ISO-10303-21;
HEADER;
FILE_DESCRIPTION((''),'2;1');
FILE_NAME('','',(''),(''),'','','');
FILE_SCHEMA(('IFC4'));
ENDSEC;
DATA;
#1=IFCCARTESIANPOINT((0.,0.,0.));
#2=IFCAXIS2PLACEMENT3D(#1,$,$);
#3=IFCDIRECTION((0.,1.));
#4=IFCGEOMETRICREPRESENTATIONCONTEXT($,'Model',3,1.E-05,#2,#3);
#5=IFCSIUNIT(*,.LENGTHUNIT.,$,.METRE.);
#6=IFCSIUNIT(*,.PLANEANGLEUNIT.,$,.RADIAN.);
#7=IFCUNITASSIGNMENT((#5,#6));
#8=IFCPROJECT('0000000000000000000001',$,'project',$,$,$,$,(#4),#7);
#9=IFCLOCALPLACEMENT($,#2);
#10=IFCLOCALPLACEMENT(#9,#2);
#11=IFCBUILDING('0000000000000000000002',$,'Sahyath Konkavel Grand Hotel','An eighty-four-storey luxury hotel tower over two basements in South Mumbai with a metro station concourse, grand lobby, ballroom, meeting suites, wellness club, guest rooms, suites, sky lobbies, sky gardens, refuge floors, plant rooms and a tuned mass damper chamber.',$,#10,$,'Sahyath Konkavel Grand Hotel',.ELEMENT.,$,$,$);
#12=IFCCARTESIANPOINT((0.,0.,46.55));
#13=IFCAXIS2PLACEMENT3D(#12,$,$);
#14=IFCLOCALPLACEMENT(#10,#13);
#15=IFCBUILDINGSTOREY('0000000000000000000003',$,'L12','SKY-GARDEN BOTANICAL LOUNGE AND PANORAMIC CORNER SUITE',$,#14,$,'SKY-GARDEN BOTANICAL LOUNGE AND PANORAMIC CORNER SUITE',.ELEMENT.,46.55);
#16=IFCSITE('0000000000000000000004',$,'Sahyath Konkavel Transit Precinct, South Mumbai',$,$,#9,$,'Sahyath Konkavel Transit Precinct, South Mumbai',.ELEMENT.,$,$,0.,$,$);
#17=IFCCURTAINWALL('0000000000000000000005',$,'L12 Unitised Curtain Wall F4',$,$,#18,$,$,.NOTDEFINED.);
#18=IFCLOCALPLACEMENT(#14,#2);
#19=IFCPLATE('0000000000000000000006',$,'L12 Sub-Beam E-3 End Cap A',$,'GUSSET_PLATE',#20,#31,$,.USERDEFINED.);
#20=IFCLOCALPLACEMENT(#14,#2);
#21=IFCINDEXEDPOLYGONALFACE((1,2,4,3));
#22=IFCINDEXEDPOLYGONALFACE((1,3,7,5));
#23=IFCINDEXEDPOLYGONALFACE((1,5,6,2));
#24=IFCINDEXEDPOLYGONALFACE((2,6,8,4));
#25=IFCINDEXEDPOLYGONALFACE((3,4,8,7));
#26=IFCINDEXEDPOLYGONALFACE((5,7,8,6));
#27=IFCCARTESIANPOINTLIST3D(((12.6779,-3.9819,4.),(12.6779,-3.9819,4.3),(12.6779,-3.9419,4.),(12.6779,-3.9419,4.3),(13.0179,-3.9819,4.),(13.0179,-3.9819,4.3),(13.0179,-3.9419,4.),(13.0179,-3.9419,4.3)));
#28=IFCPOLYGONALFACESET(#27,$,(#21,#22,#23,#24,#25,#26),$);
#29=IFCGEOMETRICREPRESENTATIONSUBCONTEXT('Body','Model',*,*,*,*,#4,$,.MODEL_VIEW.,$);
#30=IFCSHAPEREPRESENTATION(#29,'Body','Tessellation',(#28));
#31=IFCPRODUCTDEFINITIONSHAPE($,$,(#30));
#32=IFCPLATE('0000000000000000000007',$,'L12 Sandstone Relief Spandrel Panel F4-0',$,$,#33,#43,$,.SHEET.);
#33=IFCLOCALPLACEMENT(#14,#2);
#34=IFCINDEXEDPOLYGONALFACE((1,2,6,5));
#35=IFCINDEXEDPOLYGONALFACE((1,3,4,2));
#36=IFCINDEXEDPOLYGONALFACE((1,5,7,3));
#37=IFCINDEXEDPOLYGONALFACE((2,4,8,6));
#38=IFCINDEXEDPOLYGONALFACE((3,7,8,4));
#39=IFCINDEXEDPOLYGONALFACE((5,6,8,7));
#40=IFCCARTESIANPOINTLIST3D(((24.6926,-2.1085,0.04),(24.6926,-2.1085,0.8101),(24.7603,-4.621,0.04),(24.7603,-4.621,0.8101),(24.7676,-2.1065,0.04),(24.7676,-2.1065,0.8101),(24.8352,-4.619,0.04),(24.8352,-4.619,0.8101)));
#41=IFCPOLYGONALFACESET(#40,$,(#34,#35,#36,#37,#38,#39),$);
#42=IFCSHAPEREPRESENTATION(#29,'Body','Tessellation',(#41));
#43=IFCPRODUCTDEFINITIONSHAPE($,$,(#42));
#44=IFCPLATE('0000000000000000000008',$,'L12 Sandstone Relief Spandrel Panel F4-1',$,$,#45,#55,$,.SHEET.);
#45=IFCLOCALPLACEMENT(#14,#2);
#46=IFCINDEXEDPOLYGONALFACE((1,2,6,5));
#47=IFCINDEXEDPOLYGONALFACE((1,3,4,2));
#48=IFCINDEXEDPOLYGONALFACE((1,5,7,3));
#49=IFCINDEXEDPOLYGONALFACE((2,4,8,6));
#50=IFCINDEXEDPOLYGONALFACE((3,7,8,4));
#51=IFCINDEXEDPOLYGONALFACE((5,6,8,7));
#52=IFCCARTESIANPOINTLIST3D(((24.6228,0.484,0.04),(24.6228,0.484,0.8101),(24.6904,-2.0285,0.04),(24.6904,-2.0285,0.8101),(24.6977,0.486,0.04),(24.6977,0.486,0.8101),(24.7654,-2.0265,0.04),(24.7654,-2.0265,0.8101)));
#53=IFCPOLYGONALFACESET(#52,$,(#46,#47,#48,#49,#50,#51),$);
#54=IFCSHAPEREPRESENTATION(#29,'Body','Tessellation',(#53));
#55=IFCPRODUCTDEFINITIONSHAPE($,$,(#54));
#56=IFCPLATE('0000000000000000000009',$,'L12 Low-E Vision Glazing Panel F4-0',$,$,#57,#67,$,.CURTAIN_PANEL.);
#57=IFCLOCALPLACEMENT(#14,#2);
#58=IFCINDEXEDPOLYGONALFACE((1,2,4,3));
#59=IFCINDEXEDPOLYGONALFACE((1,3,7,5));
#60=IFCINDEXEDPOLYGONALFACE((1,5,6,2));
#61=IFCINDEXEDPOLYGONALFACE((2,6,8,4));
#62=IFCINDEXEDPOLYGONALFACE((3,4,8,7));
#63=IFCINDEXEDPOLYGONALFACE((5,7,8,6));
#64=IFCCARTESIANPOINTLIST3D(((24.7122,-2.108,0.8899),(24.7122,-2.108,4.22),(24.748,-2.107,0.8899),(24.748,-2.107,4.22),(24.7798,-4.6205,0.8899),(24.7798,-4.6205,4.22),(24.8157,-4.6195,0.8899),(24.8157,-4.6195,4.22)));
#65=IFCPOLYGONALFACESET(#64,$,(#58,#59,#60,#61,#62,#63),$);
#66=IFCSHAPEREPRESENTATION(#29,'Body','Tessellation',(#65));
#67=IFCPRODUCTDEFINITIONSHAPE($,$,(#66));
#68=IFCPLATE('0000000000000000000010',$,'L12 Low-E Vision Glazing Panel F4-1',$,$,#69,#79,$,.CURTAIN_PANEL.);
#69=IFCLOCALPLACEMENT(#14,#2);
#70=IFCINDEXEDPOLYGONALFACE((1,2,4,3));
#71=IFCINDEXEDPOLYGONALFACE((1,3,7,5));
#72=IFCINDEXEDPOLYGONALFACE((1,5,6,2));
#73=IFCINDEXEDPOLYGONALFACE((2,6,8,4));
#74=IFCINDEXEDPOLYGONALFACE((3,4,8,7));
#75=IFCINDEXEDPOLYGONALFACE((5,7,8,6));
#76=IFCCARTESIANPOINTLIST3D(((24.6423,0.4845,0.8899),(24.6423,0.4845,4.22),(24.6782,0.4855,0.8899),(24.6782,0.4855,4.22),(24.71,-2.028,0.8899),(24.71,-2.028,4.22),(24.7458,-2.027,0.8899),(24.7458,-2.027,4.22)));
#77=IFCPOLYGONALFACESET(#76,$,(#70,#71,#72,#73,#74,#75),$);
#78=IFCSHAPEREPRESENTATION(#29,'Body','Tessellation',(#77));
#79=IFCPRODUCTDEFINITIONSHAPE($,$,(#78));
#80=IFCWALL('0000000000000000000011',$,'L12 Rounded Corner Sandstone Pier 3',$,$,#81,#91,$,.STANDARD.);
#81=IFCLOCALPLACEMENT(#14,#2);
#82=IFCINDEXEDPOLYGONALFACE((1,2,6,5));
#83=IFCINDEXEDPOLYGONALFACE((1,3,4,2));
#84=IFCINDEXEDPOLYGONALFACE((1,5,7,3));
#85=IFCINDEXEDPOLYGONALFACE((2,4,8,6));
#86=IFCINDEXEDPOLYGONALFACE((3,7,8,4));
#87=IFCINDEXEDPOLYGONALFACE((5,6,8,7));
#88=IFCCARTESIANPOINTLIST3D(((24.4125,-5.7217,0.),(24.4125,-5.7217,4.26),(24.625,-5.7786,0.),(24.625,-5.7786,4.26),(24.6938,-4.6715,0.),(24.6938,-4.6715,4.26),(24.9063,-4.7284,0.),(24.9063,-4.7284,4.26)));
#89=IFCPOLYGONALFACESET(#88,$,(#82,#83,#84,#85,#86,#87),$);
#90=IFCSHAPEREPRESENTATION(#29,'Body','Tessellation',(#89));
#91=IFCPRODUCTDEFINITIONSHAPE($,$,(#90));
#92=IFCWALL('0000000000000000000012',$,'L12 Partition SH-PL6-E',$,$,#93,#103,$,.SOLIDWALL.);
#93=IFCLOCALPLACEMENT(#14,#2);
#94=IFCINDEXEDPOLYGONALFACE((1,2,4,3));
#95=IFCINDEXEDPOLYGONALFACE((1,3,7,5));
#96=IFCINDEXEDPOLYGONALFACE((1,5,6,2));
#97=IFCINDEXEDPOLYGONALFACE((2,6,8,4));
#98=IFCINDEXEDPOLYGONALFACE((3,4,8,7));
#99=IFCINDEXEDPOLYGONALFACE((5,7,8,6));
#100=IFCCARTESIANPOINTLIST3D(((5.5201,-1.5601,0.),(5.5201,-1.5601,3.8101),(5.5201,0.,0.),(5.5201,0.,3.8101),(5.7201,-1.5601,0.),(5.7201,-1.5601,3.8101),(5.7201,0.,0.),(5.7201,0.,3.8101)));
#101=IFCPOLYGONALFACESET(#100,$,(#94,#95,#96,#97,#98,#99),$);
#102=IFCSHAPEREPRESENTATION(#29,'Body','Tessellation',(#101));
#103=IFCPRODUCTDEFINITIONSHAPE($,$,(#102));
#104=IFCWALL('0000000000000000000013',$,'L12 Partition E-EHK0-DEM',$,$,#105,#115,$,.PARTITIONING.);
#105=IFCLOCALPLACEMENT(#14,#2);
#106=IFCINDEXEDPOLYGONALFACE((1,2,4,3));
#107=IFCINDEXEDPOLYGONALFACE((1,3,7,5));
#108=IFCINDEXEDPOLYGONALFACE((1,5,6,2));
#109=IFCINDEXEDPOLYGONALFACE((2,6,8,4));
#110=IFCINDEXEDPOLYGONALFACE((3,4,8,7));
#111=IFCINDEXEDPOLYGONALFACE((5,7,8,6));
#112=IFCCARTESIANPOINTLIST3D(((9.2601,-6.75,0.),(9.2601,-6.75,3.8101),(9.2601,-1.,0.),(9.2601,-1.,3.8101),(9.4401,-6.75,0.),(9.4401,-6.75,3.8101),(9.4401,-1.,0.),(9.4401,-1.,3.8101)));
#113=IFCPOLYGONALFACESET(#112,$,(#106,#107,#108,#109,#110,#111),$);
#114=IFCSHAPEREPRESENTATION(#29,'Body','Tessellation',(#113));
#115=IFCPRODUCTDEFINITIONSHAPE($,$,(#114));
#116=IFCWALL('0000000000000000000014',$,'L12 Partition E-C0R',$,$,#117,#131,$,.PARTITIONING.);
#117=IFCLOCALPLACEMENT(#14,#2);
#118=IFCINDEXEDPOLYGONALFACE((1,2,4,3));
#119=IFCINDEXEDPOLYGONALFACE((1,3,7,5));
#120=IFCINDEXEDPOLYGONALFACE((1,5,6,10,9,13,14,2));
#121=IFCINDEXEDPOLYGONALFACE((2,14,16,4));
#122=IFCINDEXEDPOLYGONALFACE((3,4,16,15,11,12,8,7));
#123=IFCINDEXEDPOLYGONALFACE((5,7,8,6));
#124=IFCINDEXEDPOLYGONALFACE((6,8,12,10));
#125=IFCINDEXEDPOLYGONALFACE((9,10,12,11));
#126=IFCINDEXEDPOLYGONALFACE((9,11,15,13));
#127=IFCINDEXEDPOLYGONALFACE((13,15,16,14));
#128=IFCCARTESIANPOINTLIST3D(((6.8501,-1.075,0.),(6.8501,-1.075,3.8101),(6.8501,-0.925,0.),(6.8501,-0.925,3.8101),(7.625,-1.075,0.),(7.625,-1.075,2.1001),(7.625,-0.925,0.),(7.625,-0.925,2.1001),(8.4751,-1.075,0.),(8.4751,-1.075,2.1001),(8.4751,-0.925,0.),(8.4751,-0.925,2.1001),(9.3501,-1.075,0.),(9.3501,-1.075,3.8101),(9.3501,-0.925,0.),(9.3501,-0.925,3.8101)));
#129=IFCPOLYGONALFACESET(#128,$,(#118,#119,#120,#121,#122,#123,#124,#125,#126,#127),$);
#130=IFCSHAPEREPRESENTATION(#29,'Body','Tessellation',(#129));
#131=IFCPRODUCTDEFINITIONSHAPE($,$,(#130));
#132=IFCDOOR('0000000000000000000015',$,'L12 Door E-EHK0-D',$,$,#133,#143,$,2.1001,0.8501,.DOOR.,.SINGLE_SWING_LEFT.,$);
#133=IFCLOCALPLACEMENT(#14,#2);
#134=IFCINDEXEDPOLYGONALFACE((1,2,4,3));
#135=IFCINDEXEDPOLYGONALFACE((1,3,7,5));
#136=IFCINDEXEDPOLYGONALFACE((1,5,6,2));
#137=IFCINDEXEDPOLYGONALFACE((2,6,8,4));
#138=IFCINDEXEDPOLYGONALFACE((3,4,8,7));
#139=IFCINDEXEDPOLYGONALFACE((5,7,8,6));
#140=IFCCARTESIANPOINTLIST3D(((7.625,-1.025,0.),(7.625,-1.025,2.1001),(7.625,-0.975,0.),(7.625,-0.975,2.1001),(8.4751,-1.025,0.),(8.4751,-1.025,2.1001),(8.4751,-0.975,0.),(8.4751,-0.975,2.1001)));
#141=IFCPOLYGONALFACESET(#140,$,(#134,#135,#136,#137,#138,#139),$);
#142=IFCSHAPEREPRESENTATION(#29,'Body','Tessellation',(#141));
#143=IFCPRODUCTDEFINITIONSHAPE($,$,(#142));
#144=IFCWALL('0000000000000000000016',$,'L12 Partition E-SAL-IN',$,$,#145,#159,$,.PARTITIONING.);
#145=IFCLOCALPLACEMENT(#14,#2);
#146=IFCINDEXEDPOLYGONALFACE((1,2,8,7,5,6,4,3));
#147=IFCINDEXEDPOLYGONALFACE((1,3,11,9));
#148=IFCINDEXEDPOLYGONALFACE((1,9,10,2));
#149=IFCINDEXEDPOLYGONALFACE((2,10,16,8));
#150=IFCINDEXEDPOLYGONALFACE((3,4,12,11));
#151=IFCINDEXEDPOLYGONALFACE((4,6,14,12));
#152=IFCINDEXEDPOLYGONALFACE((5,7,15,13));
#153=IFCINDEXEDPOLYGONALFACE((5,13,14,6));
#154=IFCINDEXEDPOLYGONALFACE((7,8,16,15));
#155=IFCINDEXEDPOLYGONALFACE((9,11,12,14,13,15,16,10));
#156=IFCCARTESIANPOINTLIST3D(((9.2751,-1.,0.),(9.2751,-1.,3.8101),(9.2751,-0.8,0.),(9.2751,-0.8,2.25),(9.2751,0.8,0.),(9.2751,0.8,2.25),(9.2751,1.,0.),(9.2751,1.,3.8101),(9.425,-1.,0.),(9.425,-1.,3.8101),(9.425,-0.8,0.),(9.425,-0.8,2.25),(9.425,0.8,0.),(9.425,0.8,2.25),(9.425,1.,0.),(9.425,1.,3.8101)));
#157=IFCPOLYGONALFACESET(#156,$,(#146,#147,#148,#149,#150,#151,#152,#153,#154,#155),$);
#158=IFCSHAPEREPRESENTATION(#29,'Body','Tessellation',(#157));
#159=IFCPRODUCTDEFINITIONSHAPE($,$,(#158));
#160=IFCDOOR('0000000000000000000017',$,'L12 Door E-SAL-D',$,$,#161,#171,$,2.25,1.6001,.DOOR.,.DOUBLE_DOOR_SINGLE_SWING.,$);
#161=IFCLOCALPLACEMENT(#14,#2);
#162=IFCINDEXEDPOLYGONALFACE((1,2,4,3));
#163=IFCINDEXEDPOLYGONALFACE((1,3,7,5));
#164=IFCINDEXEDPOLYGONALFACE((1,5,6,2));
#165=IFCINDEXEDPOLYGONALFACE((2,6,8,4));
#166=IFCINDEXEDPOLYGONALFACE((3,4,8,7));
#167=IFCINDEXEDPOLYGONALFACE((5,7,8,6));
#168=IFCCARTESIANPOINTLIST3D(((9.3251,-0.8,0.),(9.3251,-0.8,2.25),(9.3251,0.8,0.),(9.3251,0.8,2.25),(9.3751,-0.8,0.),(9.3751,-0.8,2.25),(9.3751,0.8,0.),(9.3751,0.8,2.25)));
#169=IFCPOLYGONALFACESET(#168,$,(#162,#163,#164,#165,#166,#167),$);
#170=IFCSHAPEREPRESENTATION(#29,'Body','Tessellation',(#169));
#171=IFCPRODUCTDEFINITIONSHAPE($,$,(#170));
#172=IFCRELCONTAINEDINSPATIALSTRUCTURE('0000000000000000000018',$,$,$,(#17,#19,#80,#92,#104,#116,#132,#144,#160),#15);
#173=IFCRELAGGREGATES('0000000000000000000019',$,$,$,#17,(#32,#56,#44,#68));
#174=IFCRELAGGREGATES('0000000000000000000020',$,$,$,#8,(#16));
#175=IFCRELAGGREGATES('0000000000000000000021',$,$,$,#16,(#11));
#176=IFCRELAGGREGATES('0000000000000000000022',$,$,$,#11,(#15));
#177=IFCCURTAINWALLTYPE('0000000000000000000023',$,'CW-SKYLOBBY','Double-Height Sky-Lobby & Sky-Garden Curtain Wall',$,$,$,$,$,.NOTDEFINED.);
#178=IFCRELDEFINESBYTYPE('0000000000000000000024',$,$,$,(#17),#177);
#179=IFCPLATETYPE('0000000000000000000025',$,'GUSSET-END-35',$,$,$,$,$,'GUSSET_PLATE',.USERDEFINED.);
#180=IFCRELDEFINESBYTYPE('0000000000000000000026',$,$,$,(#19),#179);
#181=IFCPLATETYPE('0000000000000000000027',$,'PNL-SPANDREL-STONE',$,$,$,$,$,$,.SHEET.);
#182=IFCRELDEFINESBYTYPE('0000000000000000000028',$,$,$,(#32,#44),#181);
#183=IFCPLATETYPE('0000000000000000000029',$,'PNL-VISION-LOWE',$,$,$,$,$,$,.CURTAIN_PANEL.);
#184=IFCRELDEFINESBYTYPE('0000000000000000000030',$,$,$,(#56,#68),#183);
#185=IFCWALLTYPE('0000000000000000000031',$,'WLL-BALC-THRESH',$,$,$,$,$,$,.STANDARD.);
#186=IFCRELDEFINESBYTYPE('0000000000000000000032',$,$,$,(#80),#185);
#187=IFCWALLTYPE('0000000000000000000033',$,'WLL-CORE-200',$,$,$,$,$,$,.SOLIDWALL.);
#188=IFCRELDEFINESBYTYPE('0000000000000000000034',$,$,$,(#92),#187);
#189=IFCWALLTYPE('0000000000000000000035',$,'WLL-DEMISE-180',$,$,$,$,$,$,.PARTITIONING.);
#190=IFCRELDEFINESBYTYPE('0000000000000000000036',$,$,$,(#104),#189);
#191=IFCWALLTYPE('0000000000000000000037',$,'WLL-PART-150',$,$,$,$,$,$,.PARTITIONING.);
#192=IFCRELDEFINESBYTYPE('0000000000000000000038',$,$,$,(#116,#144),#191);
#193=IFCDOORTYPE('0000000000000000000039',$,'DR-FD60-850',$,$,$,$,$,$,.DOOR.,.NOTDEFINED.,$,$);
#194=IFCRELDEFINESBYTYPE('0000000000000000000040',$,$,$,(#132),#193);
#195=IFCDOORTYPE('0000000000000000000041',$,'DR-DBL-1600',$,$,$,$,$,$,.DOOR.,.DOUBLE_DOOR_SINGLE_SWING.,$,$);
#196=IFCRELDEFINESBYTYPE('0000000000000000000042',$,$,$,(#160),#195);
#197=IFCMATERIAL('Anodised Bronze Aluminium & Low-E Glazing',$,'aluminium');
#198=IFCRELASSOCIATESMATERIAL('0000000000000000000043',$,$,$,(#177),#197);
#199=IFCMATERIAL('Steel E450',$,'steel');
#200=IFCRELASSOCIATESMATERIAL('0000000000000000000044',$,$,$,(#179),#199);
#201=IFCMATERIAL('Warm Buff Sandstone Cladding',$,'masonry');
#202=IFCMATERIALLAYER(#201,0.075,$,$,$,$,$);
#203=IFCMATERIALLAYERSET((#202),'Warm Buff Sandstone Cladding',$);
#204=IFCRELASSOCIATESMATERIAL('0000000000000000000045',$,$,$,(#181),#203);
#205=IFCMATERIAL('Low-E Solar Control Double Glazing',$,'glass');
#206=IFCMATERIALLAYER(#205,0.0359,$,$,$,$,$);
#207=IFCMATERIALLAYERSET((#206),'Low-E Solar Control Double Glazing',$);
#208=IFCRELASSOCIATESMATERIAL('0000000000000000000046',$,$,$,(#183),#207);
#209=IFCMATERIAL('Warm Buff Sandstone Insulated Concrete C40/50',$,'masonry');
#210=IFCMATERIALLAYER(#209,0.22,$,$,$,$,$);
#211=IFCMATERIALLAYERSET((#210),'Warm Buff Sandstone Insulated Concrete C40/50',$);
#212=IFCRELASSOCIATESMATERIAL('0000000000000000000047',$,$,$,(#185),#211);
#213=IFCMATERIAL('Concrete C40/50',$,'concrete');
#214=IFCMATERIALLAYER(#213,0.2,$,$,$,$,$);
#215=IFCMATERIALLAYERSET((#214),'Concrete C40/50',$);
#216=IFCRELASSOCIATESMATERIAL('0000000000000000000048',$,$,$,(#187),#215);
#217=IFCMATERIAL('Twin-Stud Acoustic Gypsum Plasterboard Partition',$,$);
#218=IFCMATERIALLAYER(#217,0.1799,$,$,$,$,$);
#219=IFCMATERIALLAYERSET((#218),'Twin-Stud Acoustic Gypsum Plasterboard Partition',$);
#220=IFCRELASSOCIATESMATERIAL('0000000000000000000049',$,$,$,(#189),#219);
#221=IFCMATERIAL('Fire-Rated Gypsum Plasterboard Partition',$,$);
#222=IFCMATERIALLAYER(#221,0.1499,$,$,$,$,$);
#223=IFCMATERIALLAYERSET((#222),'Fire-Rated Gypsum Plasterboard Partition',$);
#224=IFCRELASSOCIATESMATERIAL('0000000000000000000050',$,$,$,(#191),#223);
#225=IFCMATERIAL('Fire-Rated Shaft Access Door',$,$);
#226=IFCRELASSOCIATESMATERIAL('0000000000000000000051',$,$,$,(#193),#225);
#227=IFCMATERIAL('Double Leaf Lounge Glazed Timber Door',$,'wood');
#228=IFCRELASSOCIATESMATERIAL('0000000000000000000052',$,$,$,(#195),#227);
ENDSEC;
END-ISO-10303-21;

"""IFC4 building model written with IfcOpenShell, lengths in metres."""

from ifc_helpers import new_model, si_unit, direction, frame, frame_2d, origin, origin_2d, place, context, subcontext, project, spatial, rectangle, extrude, source, transform, mapped, material, layer, layer_set, type_object, element, fill, aggregate, save


model = new_model("IFC4")

# Units and contexts
model_context = context("Model", 3, precision=1e-05, world=origin(), true_north=direction((0.0, 1.0)))
body_context = subcontext(model_context, "Body", "Model", "MODEL_VIEW")
ifc_project = project(units=[si_unit("LENGTHUNIT", "METRE"), si_unit("PLANEANGLEUNIT", "RADIAN")], contexts=[model_context])

# Site, building, storey
site_placement = place(None, origin())
site = spatial("IfcSite", under=ifc_project, at=site_placement, Name="Sahyath Konkavel Transit Precinct, South Mumbai", LongName="Sahyath Konkavel Transit Precinct, South Mumbai", CompositionType="ELEMENT", RefElevation=0.0)
building_placement = place(site_placement, origin())
building = spatial("IfcBuilding", under=site, at=building_placement, Name="Sahyath Konkavel Grand Hotel", Description="An eighty-four-storey luxury hotel tower over two basements in South Mumbai with a metro station concourse, grand lobby, ballroom, meeting suites, wellness club, guest rooms, suites, sky lobbies, sky gardens, refuge floors, plant rooms and a tuned mass damper chamber.", LongName="Sahyath Konkavel Grand Hotel", CompositionType="ELEMENT")
storey_placement = place(building_placement, frame((0.0, 0.0, 46.55)))
storey = spatial("IfcBuildingStorey", under=building, at=storey_placement, Name="L12", Description="SKY-GARDEN BOTANICAL LOUNGE AND PANORAMIC CORNER SUITE", LongName="SKY-GARDEN BOTANICAL LOUNGE AND PANORAMIC CORNER SUITE", CompositionType="ELEMENT", Elevation=46.55)

# Curtain wall
ifc_material_1 = material(Name="Anodised Bronze Aluminium & Low-E Glazing", Category="aluminium")
curtain_wall_type = type_object("IfcCurtainWallType", Name="CW-SKYLOBBY", Description="Double-Height Sky-Lobby & Sky-Garden Curtain Wall", PredefinedType="NOTDEFINED", material=ifc_material_1)
curtain_wall_placement = place(storey_placement, origin())
curtain_wall = element("IfcCurtainWall", 1, at=curtain_wall_placement, inside=storey, type_object=curtain_wall_type, Name="L12 Unitised Curtain Wall F4", PredefinedType="NOTDEFINED")

# Plates
ifc_material_2 = material(Name="Steel E450", Category="steel")
plate_type_1 = type_object("IfcPlateType", Name="GUSSET-END-35", ElementType="GUSSET_PLATE", PredefinedType="USERDEFINED", material=ifc_material_2)
shared_shape_1 = source(origin(), body_context, "Body", "SweptSolid", [
    extrude(rectangle(XDim=0.04, YDim=0.3401, at=origin_2d()), origin(), (0.0, 0.0, 1.0), 0.3),
])
plate_1_placement = place(storey_placement, frame((12.8479, -3.9619, 4.0), z_axis=(0.0, 0.0, 1.0), x_axis=(0.0, 1.0, 0.0)))
element("IfcPlate", 2, at=plate_1_placement, inside=storey, type_object=plate_type_1, Name="L12 Sub-Beam E-3 End Cap A", ObjectType="GUSSET_PLATE", PredefinedType="USERDEFINED", context=body_context, shape_type="MappedRepresentation", body=[
    mapped(shared_shape_1, transform((0.0, 0.0, 0.0), scale=1.0)),
])
ifc_material_3 = material(Name="Warm Buff Sandstone Cladding", Category="masonry")
ifc_layer_1 = layer(ifc_material_3, 0.075)
ifc_layer_set_1 = layer_set([ifc_layer_1], Name="Warm Buff Sandstone Cladding")
plate_type_2 = type_object("IfcPlateType", Name="PNL-SPANDREL-STONE", PredefinedType="SHEET", material=ifc_layer_set_1)
shared_shape_2 = source(origin(), body_context, "Body", "SweptSolid", [
    extrude(rectangle(XDim=2.5134, YDim=0.075, at=origin_2d()), origin(), (0.0, 0.0, 1.0), 0.77),
])
plate_2_placement = place(storey_placement, frame((24.7639, -3.3638, 0.04), z_axis=(0.0, 0.0, 1.0), x_axis=(-0.02691, 0.999638, 0.0)))
plate_2 = element("IfcPlate", 3, at=plate_2_placement, type_object=plate_type_2, Name="L12 Sandstone Relief Spandrel Panel F4-0", PredefinedType="SHEET", context=body_context, shape_type="MappedRepresentation", body=[
    mapped(shared_shape_2, transform((0.0, 0.0, 0.0), scale=1.0)),
])
plate_3_placement = place(storey_placement, frame((24.6941, -0.7712, 0.04), z_axis=(0.0, 0.0, 1.0), x_axis=(-0.02691, 0.999638, 0.0)))
plate_3 = element("IfcPlate", 4, at=plate_3_placement, type_object=plate_type_2, Name="L12 Sandstone Relief Spandrel Panel F4-1", PredefinedType="SHEET", context=body_context, shape_type="MappedRepresentation", body=[
    mapped(shared_shape_2, transform((0.0, 0.0, 0.0), scale=1.0)),
])
ifc_material_4 = material(Name="Low-E Solar Control Double Glazing", Category="glass")
ifc_layer_2 = layer(ifc_material_4, 0.0359)
ifc_layer_set_2 = layer_set([ifc_layer_2], Name="Low-E Solar Control Double Glazing")
plate_type_3 = type_object("IfcPlateType", Name="PNL-VISION-LOWE", PredefinedType="CURTAIN_PANEL", material=ifc_layer_set_2)
shared_shape_3 = source(origin(), body_context, "Body", "SweptSolid", [
    extrude(rectangle(XDim=2.5134, YDim=0.0359, at=origin_2d()), origin(), (0.0, 0.0, 1.0), 3.3301),
])
plate_4_placement = place(storey_placement, frame((24.7639, -3.3638, 0.8899), z_axis=(0.0, 0.0, 1.0), x_axis=(-0.02691, 0.999638, 0.0)))
plate_4 = element("IfcPlate", 5, at=plate_4_placement, type_object=plate_type_3, Name="L12 Low-E Vision Glazing Panel F4-0", PredefinedType="CURTAIN_PANEL", context=body_context, shape_type="MappedRepresentation", body=[
    mapped(shared_shape_3, transform((0.0, 0.0, 0.0), scale=1.0)),
])
plate_5_placement = place(storey_placement, frame((24.6941, -0.7712, 0.8899), z_axis=(0.0, 0.0, 1.0), x_axis=(-0.02691, 0.999638, 0.0)))
plate_5 = element("IfcPlate", 6, at=plate_5_placement, type_object=plate_type_3, Name="L12 Low-E Vision Glazing Panel F4-1", PredefinedType="CURTAIN_PANEL", context=body_context, shape_type="MappedRepresentation", body=[
    mapped(shared_shape_3, transform((0.0, 0.0, 0.0), scale=1.0)),
])
aggregate(curtain_wall, [plate_2, plate_4, plate_3, plate_5])

# Walls
ifc_material_5 = material(Name="Warm Buff Sandstone Insulated Concrete C40/50", Category="masonry")
ifc_layer_3 = layer(ifc_material_5, 0.22)
ifc_layer_set_3 = layer_set([ifc_layer_3], Name="Warm Buff Sandstone Insulated Concrete C40/50")
wall_type_1 = type_object("IfcWallType", Name="WLL-BALC-THRESH", PredefinedType="STANDARD", material=ifc_layer_set_3)
wall_1_placement = place(storey_placement, frame((24.5188, -5.75, 0.0), z_axis=(0.0, 0.0, 1.0), x_axis=(0.258725, 0.965951, 0.0)))
element("IfcWall", 7, at=wall_1_placement, inside=storey, type_object=wall_type_1, Name="L12 Rounded Corner Sandstone Pier 3", PredefinedType="STANDARD", context=body_context, shape_type="SweptSolid", body=[
    extrude(rectangle(XDim=1.0872, YDim=0.22, at=frame_2d((0.5435, 0.0))), origin(), (0.0, 0.0, 1.0), 4.26),
])
ifc_material_6 = material(Name="Concrete C40/50", Category="concrete")
ifc_layer_4 = layer(ifc_material_6, 0.2)
ifc_layer_set_4 = layer_set([ifc_layer_4], Name="Concrete C40/50")
wall_type_2 = type_object("IfcWallType", Name="WLL-CORE-200", PredefinedType="SOLIDWALL", material=ifc_layer_set_4)
wall_2_placement = place(storey_placement, frame((5.6201, -1.5601, 0.0), z_axis=(0.0, 0.0, 1.0), x_axis=(0.0, 1.0, 0.0)))
element("IfcWall", 8, at=wall_2_placement, inside=storey, type_object=wall_type_2, Name="L12 Partition SH-PL6-E", PredefinedType="SOLIDWALL", context=body_context, shape_type="SweptSolid", body=[
    extrude(rectangle(XDim=1.5601, YDim=0.2, at=frame_2d((0.78, 0.0))), origin(), (0.0, 0.0, 1.0), 3.8101),
])
ifc_material_7 = material(Name="Twin-Stud Acoustic Gypsum Plasterboard Partition")
ifc_layer_5 = layer(ifc_material_7, 0.1799)
ifc_layer_set_5 = layer_set([ifc_layer_5], Name="Twin-Stud Acoustic Gypsum Plasterboard Partition")
wall_type_3 = type_object("IfcWallType", Name="WLL-DEMISE-180", PredefinedType="PARTITIONING", material=ifc_layer_set_5)
wall_3_placement = place(storey_placement, frame((9.3501, -1.0, 0.0), z_axis=(0.0, 0.0, 1.0), x_axis=(0.0, -1.0, 0.0)))
element("IfcWall", 9, at=wall_3_placement, inside=storey, type_object=wall_type_3, Name="L12 Partition E-EHK0-DEM", PredefinedType="PARTITIONING", context=body_context, shape_type="SweptSolid", body=[
    extrude(rectangle(XDim=5.75, YDim=0.1799, at=frame_2d((2.875, 0.0))), origin(), (0.0, 0.0, 1.0), 3.8101),
])

# Walls, openings, doors
ifc_material_8 = material(Name="Fire-Rated Gypsum Plasterboard Partition")
ifc_layer_6 = layer(ifc_material_8, 0.1499)
ifc_layer_set_6 = layer_set([ifc_layer_6], Name="Fire-Rated Gypsum Plasterboard Partition")
wall_type_4 = type_object("IfcWallType", Name="WLL-PART-150", PredefinedType="PARTITIONING", material=ifc_layer_set_6)
wall_4_placement = place(storey_placement, frame((6.8501, -1.0, 0.0), z_axis=(0.0, 0.0, 1.0), x_axis=(1.0, 0.0, 0.0)))
wall_4 = element("IfcWall", 10, at=wall_4_placement, inside=storey, type_object=wall_type_4, Name="L12 Partition E-C0R", PredefinedType="PARTITIONING", context=body_context, shape_type="SweptSolid", body=[
    extrude(rectangle(XDim=2.5, YDim=0.1499, at=frame_2d((1.25, 0.0))), origin(), (0.0, 0.0, 1.0), 3.8101),
])
opening_1_placement = place(wall_4_placement, frame((0.7749, 0.0, 0.0)))
opening_1 = element("IfcOpeningElement", 11, at=opening_1_placement, cuts=wall_4, PredefinedType="OPENING", context=body_context, shape_type="SweptSolid", body=[
    extrude(rectangle(XDim=0.8501, YDim=2.1001, at=frame_2d((0.425, 1.05))), frame((0.0, 0.085, 0.0), z_axis=(0.0, -1.0, 0.0), x_axis=(1.0, 0.0, 0.0)), (0.0, 0.0, 1.0), 0.1699),
])
ifc_material_9 = material(Name="Fire-Rated Shaft Access Door")
door_type_1 = type_object("IfcDoorType", Name="DR-FD60-850", OperationType="NOTDEFINED", PredefinedType="DOOR", material=ifc_material_9)
shared_shape_4 = source(origin(), body_context, "Body", "SweptSolid", [
    extrude(rectangle(XDim=0.8501, YDim=0.05, at=origin_2d()), origin(), (0.0, 0.0, 1.0), 2.1001),
])
door_1_placement = place(opening_1_placement, frame((0.425, 0.0, 0.0)))
door_1 = element("IfcDoor", 12, at=door_1_placement, inside=storey, type_object=door_type_1, Name="L12 Door E-EHK0-D", OperationType="SINGLE_SWING_LEFT", OverallHeight=2.1001, OverallWidth=0.8501, PredefinedType="DOOR", context=body_context, shape_type="MappedRepresentation", body=[
    mapped(shared_shape_4, transform((0.0, 0.0, 0.0), scale=1.0)),
])
fill(opening_1, door_1)
wall_5_placement = place(storey_placement, frame((9.3501, -1.0, 0.0), z_axis=(0.0, 0.0, 1.0), x_axis=(0.0, 1.0, 0.0)))
wall_5 = element("IfcWall", 13, at=wall_5_placement, inside=storey, type_object=wall_type_4, Name="L12 Partition E-SAL-IN", PredefinedType="PARTITIONING", context=body_context, shape_type="SweptSolid", body=[
    extrude(rectangle(XDim=2.0, YDim=0.1499, at=frame_2d((1.0, 0.0))), origin(), (0.0, 0.0, 1.0), 3.8101),
])
opening_2_placement = place(wall_5_placement, frame((0.2, 0.0, 0.0)))
opening_2 = element("IfcOpeningElement", 14, at=opening_2_placement, cuts=wall_5, PredefinedType="OPENING", context=body_context, shape_type="SweptSolid", body=[
    extrude(rectangle(XDim=1.6001, YDim=2.25, at=frame_2d((0.8, 1.125))), frame((0.0, 0.085, 0.0), z_axis=(0.0, -1.0, 0.0), x_axis=(1.0, 0.0, 0.0)), (0.0, 0.0, 1.0), 0.1699),
])
ifc_material_10 = material(Name="Double Leaf Lounge Glazed Timber Door", Category="wood")
door_type_2 = type_object("IfcDoorType", Name="DR-DBL-1600", OperationType="DOUBLE_DOOR_SINGLE_SWING", PredefinedType="DOOR", material=ifc_material_10)
shared_shape_5 = source(origin(), body_context, "Body", "SweptSolid", [
    extrude(rectangle(XDim=1.6001, YDim=0.05, at=origin_2d()), origin(), (0.0, 0.0, 1.0), 2.25),
])
door_2_placement = place(opening_2_placement, frame((0.8, 0.0, 0.0)))
door_2 = element("IfcDoor", 15, at=door_2_placement, inside=storey, type_object=door_type_2, Name="L12 Door E-SAL-D", OperationType="DOUBLE_DOOR_SINGLE_SWING", OverallHeight=2.25, OverallWidth=1.6001, PredefinedType="DOOR", context=body_context, shape_type="MappedRepresentation", body=[
    mapped(shared_shape_5, transform((0.0, 0.0, 0.0), scale=1.0)),
])
fill(opening_2, door_2)

save(model, "model.ifc")
